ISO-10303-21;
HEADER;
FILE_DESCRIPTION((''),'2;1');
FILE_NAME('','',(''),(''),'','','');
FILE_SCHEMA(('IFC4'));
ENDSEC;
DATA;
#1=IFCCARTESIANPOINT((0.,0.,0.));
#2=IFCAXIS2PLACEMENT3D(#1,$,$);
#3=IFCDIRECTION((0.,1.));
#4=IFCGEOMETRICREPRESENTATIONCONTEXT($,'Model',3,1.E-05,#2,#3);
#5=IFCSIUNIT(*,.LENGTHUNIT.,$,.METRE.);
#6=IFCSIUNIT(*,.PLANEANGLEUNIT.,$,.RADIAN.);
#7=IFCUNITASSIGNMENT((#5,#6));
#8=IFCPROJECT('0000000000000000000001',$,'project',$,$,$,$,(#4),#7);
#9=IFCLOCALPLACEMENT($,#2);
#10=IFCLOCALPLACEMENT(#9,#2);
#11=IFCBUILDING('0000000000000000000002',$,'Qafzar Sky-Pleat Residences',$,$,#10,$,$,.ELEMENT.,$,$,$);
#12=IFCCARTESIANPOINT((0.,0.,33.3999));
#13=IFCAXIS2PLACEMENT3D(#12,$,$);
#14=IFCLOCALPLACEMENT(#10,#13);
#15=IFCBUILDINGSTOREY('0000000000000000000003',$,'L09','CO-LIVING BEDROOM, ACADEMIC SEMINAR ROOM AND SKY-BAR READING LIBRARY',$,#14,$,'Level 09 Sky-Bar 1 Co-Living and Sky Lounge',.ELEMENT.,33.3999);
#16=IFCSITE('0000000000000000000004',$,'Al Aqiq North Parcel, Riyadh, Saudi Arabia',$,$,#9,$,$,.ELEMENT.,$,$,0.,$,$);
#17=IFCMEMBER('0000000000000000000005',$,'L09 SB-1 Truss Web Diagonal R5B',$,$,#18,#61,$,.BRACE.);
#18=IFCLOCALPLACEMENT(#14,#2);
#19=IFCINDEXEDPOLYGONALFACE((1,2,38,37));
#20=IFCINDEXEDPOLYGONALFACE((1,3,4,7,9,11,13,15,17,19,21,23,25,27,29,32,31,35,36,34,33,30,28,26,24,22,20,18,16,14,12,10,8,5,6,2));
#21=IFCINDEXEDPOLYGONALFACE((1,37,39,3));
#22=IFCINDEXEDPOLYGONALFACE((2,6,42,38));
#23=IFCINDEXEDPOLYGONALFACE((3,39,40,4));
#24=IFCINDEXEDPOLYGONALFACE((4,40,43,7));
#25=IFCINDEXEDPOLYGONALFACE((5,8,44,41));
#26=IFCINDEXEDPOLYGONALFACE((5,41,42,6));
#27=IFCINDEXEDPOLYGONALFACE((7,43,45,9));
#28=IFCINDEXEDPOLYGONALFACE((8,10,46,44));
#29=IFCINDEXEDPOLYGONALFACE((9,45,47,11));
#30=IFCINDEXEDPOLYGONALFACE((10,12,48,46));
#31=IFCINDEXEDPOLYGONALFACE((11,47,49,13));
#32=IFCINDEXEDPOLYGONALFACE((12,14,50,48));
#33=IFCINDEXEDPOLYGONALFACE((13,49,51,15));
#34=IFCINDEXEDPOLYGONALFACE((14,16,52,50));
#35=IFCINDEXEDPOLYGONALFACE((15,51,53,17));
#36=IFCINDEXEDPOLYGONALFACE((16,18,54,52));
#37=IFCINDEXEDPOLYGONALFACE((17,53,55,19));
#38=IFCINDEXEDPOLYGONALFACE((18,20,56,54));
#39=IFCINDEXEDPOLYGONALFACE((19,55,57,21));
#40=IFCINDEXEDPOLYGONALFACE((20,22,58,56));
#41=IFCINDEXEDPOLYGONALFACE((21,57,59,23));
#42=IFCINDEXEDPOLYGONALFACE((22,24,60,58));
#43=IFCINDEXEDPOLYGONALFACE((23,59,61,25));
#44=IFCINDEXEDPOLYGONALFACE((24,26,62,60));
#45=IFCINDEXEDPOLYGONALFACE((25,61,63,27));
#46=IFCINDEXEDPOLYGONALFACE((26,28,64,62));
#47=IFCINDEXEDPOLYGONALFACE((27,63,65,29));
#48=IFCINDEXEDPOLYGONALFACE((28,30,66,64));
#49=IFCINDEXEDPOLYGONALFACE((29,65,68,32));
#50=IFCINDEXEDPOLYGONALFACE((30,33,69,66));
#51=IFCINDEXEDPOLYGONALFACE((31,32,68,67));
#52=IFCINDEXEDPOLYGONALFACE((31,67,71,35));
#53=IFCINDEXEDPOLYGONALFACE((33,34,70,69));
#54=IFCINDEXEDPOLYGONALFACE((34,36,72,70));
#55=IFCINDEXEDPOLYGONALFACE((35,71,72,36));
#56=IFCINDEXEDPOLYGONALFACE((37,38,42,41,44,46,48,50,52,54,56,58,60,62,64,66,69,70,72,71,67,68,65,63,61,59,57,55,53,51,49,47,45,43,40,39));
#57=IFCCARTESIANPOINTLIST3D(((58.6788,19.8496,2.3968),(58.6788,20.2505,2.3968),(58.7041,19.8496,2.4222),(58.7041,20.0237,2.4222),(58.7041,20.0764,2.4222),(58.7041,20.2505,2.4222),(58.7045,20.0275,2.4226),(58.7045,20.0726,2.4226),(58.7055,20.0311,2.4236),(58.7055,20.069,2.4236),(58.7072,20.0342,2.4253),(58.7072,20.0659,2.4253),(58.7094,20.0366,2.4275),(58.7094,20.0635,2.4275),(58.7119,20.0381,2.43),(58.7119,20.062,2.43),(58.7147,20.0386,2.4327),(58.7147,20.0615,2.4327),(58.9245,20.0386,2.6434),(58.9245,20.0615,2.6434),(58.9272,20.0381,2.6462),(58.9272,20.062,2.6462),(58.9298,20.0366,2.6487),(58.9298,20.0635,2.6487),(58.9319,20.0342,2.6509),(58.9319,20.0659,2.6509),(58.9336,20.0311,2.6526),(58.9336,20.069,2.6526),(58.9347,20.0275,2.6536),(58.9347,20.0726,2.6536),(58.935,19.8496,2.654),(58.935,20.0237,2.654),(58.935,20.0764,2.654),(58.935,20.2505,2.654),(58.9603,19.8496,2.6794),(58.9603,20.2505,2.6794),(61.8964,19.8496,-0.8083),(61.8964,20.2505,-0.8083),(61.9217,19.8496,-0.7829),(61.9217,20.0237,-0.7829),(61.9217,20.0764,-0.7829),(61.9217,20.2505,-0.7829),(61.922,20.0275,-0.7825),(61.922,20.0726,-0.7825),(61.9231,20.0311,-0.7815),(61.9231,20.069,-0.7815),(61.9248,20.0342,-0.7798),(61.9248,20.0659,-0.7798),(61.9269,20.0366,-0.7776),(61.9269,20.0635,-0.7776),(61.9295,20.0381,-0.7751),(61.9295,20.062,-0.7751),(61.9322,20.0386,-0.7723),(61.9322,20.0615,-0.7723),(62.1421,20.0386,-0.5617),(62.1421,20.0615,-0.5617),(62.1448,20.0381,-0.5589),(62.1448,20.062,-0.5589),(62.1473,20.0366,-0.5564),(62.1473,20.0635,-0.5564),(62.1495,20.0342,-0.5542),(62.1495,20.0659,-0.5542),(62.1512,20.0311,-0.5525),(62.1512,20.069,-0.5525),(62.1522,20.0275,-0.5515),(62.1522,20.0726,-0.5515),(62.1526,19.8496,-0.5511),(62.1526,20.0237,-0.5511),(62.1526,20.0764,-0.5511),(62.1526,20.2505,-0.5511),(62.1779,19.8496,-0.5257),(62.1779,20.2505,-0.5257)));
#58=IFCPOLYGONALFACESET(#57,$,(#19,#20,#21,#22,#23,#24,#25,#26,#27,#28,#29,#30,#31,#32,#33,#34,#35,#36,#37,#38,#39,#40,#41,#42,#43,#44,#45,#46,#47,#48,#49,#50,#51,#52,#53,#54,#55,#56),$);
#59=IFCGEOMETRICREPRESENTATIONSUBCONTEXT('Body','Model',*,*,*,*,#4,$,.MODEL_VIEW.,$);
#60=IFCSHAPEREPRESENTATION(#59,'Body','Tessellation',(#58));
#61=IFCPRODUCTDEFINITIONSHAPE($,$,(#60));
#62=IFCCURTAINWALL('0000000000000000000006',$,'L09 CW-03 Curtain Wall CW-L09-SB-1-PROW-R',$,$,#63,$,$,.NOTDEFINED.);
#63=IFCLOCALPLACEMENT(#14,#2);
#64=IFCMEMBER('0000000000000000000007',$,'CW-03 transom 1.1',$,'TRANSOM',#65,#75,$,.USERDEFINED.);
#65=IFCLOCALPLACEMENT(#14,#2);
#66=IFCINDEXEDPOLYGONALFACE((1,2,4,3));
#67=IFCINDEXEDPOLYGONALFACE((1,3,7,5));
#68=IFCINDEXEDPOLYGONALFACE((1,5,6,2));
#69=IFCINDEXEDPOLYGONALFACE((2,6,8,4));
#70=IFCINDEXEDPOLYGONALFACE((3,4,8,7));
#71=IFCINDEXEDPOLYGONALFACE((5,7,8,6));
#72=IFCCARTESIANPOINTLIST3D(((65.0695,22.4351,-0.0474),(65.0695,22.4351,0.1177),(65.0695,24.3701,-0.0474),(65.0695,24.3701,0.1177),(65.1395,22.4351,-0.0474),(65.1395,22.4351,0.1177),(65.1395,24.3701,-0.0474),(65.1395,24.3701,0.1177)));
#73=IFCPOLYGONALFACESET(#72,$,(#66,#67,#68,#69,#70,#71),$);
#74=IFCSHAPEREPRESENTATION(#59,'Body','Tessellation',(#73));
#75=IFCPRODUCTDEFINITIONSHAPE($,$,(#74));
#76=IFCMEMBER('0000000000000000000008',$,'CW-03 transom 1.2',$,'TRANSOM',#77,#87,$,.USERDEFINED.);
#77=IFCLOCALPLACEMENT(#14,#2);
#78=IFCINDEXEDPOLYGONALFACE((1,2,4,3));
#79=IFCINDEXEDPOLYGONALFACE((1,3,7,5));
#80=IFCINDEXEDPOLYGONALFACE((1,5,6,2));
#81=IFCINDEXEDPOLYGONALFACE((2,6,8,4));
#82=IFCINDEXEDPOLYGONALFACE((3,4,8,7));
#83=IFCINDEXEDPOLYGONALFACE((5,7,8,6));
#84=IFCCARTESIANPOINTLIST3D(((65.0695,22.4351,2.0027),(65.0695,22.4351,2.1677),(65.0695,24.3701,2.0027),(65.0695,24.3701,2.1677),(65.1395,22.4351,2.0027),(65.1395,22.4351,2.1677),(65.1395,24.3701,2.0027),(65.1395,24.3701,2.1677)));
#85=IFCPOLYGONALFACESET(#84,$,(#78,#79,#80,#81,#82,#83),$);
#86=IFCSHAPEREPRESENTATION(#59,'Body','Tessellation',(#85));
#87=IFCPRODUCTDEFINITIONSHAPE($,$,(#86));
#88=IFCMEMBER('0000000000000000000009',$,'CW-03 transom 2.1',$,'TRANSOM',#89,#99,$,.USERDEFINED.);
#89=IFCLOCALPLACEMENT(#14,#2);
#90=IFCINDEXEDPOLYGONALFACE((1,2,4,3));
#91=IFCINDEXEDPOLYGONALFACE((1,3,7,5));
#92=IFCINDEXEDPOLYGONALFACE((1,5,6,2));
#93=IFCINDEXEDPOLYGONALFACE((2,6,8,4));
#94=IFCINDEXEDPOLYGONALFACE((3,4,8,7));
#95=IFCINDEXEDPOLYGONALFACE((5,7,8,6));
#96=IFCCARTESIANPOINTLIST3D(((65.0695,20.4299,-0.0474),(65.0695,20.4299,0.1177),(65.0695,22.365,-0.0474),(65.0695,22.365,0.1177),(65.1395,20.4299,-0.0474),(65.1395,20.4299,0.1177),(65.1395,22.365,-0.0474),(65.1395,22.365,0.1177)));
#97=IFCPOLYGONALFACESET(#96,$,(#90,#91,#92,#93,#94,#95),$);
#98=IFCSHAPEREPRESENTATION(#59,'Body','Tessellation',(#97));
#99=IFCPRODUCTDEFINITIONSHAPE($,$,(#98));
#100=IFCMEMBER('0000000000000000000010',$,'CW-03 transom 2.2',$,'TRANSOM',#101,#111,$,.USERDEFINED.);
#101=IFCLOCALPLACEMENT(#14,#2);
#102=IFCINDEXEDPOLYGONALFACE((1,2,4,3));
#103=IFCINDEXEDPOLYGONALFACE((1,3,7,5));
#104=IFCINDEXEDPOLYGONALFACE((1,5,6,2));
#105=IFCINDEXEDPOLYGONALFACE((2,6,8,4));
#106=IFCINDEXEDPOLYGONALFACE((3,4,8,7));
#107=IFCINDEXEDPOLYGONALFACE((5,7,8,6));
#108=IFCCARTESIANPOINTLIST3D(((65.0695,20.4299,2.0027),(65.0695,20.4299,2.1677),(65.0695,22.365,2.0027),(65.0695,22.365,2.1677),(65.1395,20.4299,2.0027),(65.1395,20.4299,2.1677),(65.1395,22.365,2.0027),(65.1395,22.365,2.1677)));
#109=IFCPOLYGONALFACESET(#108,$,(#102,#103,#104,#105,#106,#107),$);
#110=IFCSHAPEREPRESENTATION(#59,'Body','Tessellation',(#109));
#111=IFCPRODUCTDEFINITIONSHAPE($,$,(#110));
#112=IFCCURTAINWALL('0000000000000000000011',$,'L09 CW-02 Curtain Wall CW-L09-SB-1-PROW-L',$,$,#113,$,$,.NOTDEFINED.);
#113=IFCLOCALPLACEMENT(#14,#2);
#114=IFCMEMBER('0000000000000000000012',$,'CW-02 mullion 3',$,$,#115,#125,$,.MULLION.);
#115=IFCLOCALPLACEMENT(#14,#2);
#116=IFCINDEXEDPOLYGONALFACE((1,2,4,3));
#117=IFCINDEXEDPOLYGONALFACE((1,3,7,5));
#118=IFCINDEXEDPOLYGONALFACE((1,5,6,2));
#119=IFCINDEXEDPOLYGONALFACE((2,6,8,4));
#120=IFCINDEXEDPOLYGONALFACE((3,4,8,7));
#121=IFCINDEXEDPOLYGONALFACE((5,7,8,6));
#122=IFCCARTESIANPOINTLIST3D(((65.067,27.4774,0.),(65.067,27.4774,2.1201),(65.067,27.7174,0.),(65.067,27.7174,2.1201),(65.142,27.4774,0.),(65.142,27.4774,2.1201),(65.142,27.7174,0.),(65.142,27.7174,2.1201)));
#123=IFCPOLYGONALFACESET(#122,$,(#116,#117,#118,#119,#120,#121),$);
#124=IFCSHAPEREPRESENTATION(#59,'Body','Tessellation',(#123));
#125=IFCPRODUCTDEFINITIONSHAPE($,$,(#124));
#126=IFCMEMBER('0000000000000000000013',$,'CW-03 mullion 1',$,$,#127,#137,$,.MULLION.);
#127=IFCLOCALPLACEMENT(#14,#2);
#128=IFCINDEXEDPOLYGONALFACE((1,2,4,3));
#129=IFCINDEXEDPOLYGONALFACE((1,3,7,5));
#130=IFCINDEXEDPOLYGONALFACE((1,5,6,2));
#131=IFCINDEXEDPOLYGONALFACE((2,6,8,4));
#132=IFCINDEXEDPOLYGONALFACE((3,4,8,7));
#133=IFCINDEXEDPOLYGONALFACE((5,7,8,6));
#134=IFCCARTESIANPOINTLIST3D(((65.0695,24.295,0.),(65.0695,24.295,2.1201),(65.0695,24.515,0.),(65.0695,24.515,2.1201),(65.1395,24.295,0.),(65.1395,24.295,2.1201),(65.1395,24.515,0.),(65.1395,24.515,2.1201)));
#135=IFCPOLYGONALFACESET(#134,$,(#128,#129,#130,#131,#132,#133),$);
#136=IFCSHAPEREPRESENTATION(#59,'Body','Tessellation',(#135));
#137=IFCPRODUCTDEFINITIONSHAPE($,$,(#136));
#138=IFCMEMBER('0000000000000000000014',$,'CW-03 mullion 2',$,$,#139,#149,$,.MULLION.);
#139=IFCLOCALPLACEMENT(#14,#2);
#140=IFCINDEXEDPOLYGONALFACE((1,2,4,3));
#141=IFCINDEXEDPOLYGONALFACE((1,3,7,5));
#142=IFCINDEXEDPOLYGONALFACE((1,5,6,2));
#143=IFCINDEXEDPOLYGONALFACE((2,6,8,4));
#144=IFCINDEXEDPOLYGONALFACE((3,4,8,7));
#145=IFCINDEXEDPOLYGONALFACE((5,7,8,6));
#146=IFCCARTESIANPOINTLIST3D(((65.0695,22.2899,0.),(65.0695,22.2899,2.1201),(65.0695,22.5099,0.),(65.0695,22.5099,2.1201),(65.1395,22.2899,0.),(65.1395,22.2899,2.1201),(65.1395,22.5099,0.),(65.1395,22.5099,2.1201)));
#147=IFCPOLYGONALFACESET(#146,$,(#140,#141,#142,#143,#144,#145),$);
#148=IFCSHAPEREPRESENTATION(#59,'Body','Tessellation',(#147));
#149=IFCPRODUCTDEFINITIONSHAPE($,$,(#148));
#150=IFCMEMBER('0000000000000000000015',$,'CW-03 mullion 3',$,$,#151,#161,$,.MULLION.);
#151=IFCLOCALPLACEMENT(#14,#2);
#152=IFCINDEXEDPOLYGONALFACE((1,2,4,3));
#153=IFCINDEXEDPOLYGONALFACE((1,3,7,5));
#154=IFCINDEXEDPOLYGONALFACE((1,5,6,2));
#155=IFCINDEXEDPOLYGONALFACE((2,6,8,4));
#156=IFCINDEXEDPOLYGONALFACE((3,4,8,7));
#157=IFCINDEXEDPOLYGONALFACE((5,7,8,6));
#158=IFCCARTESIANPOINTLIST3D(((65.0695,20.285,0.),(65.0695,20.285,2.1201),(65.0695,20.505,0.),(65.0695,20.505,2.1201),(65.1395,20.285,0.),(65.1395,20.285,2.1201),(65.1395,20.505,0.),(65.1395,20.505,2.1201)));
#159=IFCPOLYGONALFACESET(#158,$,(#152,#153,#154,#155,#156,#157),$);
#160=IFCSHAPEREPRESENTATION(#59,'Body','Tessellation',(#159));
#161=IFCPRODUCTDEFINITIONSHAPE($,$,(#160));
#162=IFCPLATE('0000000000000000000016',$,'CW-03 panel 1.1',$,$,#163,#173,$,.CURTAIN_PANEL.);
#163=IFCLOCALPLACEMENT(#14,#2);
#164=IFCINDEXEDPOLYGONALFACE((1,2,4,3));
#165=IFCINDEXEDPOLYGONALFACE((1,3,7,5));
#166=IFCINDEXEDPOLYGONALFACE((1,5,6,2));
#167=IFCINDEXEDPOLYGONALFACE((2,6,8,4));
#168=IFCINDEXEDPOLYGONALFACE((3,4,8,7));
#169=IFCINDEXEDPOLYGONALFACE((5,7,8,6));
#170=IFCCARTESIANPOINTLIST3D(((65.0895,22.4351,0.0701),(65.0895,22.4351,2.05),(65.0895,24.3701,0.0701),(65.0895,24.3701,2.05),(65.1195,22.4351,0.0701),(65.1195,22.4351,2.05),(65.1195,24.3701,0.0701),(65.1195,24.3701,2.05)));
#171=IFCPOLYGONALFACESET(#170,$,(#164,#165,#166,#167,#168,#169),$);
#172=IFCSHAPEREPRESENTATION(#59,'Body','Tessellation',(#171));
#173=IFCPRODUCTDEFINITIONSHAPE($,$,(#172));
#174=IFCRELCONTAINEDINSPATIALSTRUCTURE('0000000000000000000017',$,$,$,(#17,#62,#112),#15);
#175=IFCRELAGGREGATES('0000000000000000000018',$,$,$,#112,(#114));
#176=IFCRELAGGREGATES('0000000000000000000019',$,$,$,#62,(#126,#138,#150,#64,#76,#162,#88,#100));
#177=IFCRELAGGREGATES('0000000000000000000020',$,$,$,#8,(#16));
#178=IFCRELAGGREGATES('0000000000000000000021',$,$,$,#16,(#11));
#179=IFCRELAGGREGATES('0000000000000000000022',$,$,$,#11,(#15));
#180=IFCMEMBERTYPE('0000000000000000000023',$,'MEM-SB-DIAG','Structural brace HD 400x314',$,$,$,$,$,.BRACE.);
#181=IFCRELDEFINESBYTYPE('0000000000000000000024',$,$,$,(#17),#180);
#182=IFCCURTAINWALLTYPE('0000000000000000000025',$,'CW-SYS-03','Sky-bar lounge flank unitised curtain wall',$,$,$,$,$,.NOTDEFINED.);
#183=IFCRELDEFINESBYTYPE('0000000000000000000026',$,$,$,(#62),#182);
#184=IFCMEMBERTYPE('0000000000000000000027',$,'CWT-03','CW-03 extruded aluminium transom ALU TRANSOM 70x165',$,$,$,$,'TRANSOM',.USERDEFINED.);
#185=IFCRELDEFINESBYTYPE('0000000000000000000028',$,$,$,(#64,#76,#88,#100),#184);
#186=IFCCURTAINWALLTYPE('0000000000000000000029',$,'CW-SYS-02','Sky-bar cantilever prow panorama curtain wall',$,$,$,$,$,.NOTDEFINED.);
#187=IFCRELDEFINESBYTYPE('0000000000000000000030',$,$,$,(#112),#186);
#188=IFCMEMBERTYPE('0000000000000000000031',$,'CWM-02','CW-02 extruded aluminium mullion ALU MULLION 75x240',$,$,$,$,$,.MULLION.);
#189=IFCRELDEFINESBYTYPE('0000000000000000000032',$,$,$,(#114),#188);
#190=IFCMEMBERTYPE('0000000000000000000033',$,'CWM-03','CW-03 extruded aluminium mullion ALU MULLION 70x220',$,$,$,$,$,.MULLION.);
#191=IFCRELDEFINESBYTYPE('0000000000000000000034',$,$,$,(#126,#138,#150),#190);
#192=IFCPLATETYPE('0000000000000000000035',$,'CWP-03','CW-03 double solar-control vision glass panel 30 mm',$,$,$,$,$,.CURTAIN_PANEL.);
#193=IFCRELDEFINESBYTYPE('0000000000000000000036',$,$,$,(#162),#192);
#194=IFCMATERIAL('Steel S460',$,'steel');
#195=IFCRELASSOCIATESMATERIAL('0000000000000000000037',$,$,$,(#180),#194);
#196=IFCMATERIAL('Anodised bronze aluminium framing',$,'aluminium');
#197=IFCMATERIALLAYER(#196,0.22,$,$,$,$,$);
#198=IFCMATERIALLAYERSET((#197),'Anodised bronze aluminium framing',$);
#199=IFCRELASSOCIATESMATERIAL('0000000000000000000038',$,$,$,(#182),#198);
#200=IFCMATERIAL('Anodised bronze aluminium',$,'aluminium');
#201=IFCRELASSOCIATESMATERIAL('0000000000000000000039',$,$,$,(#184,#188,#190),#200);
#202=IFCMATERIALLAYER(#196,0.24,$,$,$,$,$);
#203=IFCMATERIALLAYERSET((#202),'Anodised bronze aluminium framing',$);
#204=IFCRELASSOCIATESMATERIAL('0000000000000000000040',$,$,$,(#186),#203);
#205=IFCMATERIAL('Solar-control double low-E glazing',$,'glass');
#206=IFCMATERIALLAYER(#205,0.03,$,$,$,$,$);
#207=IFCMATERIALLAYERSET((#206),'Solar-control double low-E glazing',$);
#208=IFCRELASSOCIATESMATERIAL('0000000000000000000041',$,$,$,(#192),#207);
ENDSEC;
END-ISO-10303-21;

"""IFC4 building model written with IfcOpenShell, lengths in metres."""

from ifc_helpers import new_model, si_unit, direction, frame, origin, origin_2d, place, context, subcontext, project, spatial, rectangle, i_section, extrude, source, transform, mapped, material, layer, layer_set, material_profile, profile_set, type_object, element, aggregate, save


model = new_model("IFC4")

# Units and contexts
model_context = context("Model", 3, precision=1e-05, world=origin(), true_north=direction((0.0, 1.0)))
body_context = subcontext(model_context, "Body", "Model", "MODEL_VIEW")
ifc_project = project(units=[si_unit("LENGTHUNIT", "METRE"), si_unit("PLANEANGLEUNIT", "RADIAN")], contexts=[model_context])

# Site, building, storey
site_placement = place(None, origin())
site = spatial("IfcSite", under=ifc_project, at=site_placement, Name="Al Aqiq North Parcel, Riyadh, Saudi Arabia", CompositionType="ELEMENT", RefElevation=0.0)
building_placement = place(site_placement, origin())
building = spatial("IfcBuilding", under=site, at=building_placement, Name="Qafzar Sky-Pleat Residences", CompositionType="ELEMENT")
storey_placement = place(building_placement, frame((0.0, 0.0, 33.3999)))
storey = spatial("IfcBuildingStorey", under=building, at=storey_placement, Name="L09", Description="CO-LIVING BEDROOM, ACADEMIC SEMINAR ROOM AND SKY-BAR READING LIBRARY", LongName="Level 09 Sky-Bar 1 Co-Living and Sky Lounge", CompositionType="ELEMENT", Elevation=33.3999)

# Shared definitions
ifc_material_1 = material(Name="Steel S460", Category="steel")

# Member
ifc_material_profile_1 = material_profile(ifc_material_1, i_section(OverallWidth=0.4009, OverallDepth=0.3989, WebThickness=0.0229, FlangeThickness=0.0359, FilletRadius=0.0149, at=origin_2d()), Name="HD 400x314")
ifc_profile_set_1 = profile_set([ifc_material_profile_1], Name="Steel S460")
member_type_1 = type_object("IfcMemberType", Name="MEM-SB-DIAG", Description="Structural brace HD 400x314", PredefinedType="BRACE", material=ifc_profile_set_1)
shared_shape_1 = source(origin(), body_context, "Body", "SweptSolid", [
    extrude(i_section(OverallWidth=0.4009, OverallDepth=0.3989, WebThickness=0.0229, FlangeThickness=0.0359, FilletRadius=0.0149, at=origin_2d()), origin(), (0.0, 0.0, 1.0), 4.5415),
])
for number, where, z_axis, x_axis, name in (
    (1, (58.8196, 20.05, 2.5381), (0.708476, 0.0, -0.705735), (0.0, 1.0, 0.0), "L09 SB-1 Truss Web Diagonal R5B"),
):
    element("IfcMember", number, at=place(storey_placement, frame(where, z_axis=z_axis, x_axis=x_axis)), inside=storey, type_object=member_type_1, Name=name, PredefinedType="BRACE", context=body_context, shape_type="MappedRepresentation", body=[
        mapped(shared_shape_1, transform((0.0, 0.0, 0.0), x_axis=(1.0, 0.0, 0.0), y_axis=(0.0, 1.0, 0.0), z_axis=(0.0, 0.0, 1.0), scale=1.0)),
    ])

# Curtain wall, members
ifc_material_2 = material(Name="Anodised bronze aluminium framing", Category="aluminium")
ifc_layer_1 = layer(ifc_material_2, 0.22)
ifc_layer_set_1 = layer_set([ifc_layer_1], Name="Anodised bronze aluminium framing")
curtain_wall_type_1 = type_object("IfcCurtainWallType", Name="CW-SYS-03", Description="Sky-bar lounge flank unitised curtain wall", PredefinedType="NOTDEFINED", material=ifc_layer_set_1)
curtain_wall_1_placement = place(storey_placement, origin())
curtain_wall_1 = element("IfcCurtainWall", 2, at=curtain_wall_1_placement, inside=storey, type_object=curtain_wall_type_1, Name="L09 CW-03 Curtain Wall CW-L09-SB-1-PROW-R", PredefinedType="NOTDEFINED")
ifc_material_3 = material(Name="Anodised bronze aluminium", Category="aluminium")
ifc_material_profile_2 = material_profile(ifc_material_3, rectangle(XDim=0.0701, YDim=0.165, at=origin_2d()), Name="ALU TRANSOM 70x165")
ifc_profile_set_2 = profile_set([ifc_material_profile_2], Name="Anodised bronze aluminium")
member_type_2 = type_object("IfcMemberType", Name="CWT-03", Description="CW-03 extruded aluminium transom ALU TRANSOM 70x165", ElementType="TRANSOM", PredefinedType="USERDEFINED", material=ifc_profile_set_2)
shared_shape_2 = source(origin(), body_context, "Body", "SweptSolid", [
    extrude(rectangle(XDim=0.0701, YDim=0.165, at=origin_2d()), origin(), (0.0, 0.0, 1.0), 1.9351),
])
member_1_placement = place(storey_placement, frame((65.1045, 24.3701, 0.0352), z_axis=(0.0, -1.0, 0.0), x_axis=(1.0, 0.0, 0.0)))
member_1 = element("IfcMember", 3, at=member_1_placement, type_object=member_type_2, Name="CW-03 transom 1.1", ObjectType="TRANSOM", PredefinedType="USERDEFINED", context=body_context, shape_type="MappedRepresentation", body=[
    mapped(shared_shape_2, transform((0.0, 0.0, 0.0), x_axis=(1.0, 0.0, 0.0), y_axis=(0.0, 1.0, 0.0), z_axis=(0.0, 0.0, 1.0), scale=1.0)),
])
member_2_placement = place(storey_placement, frame((65.1045, 24.3701, 2.0852), z_axis=(0.0, -1.0, 0.0), x_axis=(1.0, 0.0, 0.0)))
member_2 = element("IfcMember", 4, at=member_2_placement, type_object=member_type_2, Name="CW-03 transom 1.2", ObjectType="TRANSOM", PredefinedType="USERDEFINED", context=body_context, shape_type="MappedRepresentation", body=[
    mapped(shared_shape_2, transform((0.0, 0.0, 0.0), x_axis=(1.0, 0.0, 0.0), y_axis=(0.0, 1.0, 0.0), z_axis=(0.0, 0.0, 1.0), scale=1.0)),
])
member_3_placement = place(storey_placement, frame((65.1045, 22.365, 0.0352), z_axis=(0.0, -1.0, 0.0), x_axis=(1.0, 0.0, 0.0)))
member_3 = element("IfcMember", 5, at=member_3_placement, type_object=member_type_2, Name="CW-03 transom 2.1", ObjectType="TRANSOM", PredefinedType="USERDEFINED", context=body_context, shape_type="MappedRepresentation", body=[
    mapped(shared_shape_2, transform((0.0, 0.0, 0.0), x_axis=(1.0, 0.0, 0.0), y_axis=(0.0, 1.0, 0.0), z_axis=(0.0, 0.0, 1.0), scale=1.0)),
])
member_4_placement = place(storey_placement, frame((65.1045, 22.365, 2.0852), z_axis=(0.0, -1.0, 0.0), x_axis=(1.0, 0.0, 0.0)))
member_4 = element("IfcMember", 6, at=member_4_placement, type_object=member_type_2, Name="CW-03 transom 2.2", ObjectType="TRANSOM", PredefinedType="USERDEFINED", context=body_context, shape_type="MappedRepresentation", body=[
    mapped(shared_shape_2, transform((0.0, 0.0, 0.0), x_axis=(1.0, 0.0, 0.0), y_axis=(0.0, 1.0, 0.0), z_axis=(0.0, 0.0, 1.0), scale=1.0)),
])

# Curtain wall, member
ifc_layer_2 = layer(ifc_material_2, 0.24)
ifc_layer_set_2 = layer_set([ifc_layer_2], Name="Anodised bronze aluminium framing")
curtain_wall_type_2 = type_object("IfcCurtainWallType", Name="CW-SYS-02", Description="Sky-bar cantilever prow panorama curtain wall", PredefinedType="NOTDEFINED", material=ifc_layer_set_2)
curtain_wall_2_placement = place(storey_placement, origin())
curtain_wall_2 = element("IfcCurtainWall", 7, at=curtain_wall_2_placement, inside=storey, type_object=curtain_wall_type_2, Name="L09 CW-02 Curtain Wall CW-L09-SB-1-PROW-L", PredefinedType="NOTDEFINED")
ifc_material_profile_3 = material_profile(ifc_material_3, rectangle(XDim=0.075, YDim=0.24, at=origin_2d()), Name="ALU MULLION 75x240")
ifc_profile_set_3 = profile_set([ifc_material_profile_3], Name="Anodised bronze aluminium")
member_type_3 = type_object("IfcMemberType", Name="CWM-02", Description="CW-02 extruded aluminium mullion ALU MULLION 75x240", PredefinedType="MULLION", material=ifc_profile_set_3)
shared_shape_3 = source(origin(), body_context, "Body", "SweptSolid", [
    extrude(rectangle(XDim=0.075, YDim=0.24, at=origin_2d()), origin(), (0.0, 0.0, 1.0), 2.1201),
])
member_5_placement = place(storey_placement, frame((65.1045, 27.5974, 0.0), z_axis=(0.0, 0.0, 1.0), x_axis=(1.0, 0.0, 0.0)))
member_5 = element("IfcMember", 8, at=member_5_placement, type_object=member_type_3, Name="CW-02 mullion 3", PredefinedType="MULLION", context=body_context, shape_type="MappedRepresentation", body=[
    mapped(shared_shape_3, transform((0.0, 0.0, 0.0), x_axis=(1.0, 0.0, 0.0), y_axis=(0.0, 1.0, 0.0), z_axis=(0.0, 0.0, 1.0), scale=1.0)),
])
aggregate(curtain_wall_2, [member_5])

# Members
ifc_material_profile_4 = material_profile(ifc_material_3, rectangle(XDim=0.0701, YDim=0.22, at=origin_2d()), Name="ALU MULLION 70x220")
ifc_profile_set_4 = profile_set([ifc_material_profile_4], Name="Anodised bronze aluminium")
member_type_4 = type_object("IfcMemberType", Name="CWM-03", Description="CW-03 extruded aluminium mullion ALU MULLION 70x220", PredefinedType="MULLION", material=ifc_profile_set_4)
shared_shape_4 = source(origin(), body_context, "Body", "SweptSolid", [
    extrude(rectangle(XDim=0.0701, YDim=0.22, at=origin_2d()), origin(), (0.0, 0.0, 1.0), 2.1201),
])
member_6_placement = place(storey_placement, frame((65.1045, 24.405, 0.0), z_axis=(0.0, 0.0, 1.0), x_axis=(1.0, 0.0, 0.0)))
member_6 = element("IfcMember", 9, at=member_6_placement, type_object=member_type_4, Name="CW-03 mullion 1", PredefinedType="MULLION", context=body_context, shape_type="MappedRepresentation", body=[
    mapped(shared_shape_4, transform((0.0, 0.0, 0.0), x_axis=(1.0, 0.0, 0.0), y_axis=(0.0, 1.0, 0.0), z_axis=(0.0, 0.0, 1.0), scale=1.0)),
])
member_7_placement = place(storey_placement, frame((65.1045, 22.3999, 0.0), z_axis=(0.0, 0.0, 1.0), x_axis=(1.0, 0.0, 0.0)))
member_7 = element("IfcMember", 10, at=member_7_placement, type_object=member_type_4, Name="CW-03 mullion 2", PredefinedType="MULLION", context=body_context, shape_type="MappedRepresentation", body=[
    mapped(shared_shape_4, transform((0.0, 0.0, 0.0), x_axis=(1.0, 0.0, 0.0), y_axis=(0.0, 1.0, 0.0), z_axis=(0.0, 0.0, 1.0), scale=1.0)),
])
member_8_placement = place(storey_placement, frame((65.1045, 20.395, 0.0), z_axis=(0.0, 0.0, 1.0), x_axis=(1.0, 0.0, 0.0)))
member_8 = element("IfcMember", 11, at=member_8_placement, type_object=member_type_4, Name="CW-03 mullion 3", PredefinedType="MULLION", context=body_context, shape_type="MappedRepresentation", body=[
    mapped(shared_shape_4, transform((0.0, 0.0, 0.0), x_axis=(1.0, 0.0, 0.0), y_axis=(0.0, 1.0, 0.0), z_axis=(0.0, 0.0, 1.0), scale=1.0)),
])

# Plate
ifc_material_4 = material(Name="Solar-control double low-E glazing", Category="glass")
ifc_layer_3 = layer(ifc_material_4, 0.03)
ifc_layer_set_3 = layer_set([ifc_layer_3], Name="Solar-control double low-E glazing")
plate_type = type_object("IfcPlateType", Name="CWP-03", Description="CW-03 double solar-control vision glass panel 30 mm", PredefinedType="CURTAIN_PANEL", material=ifc_layer_set_3)
shared_shape_5 = source(origin(), body_context, "Body", "SweptSolid", [
    extrude(rectangle(XDim=1.9351, YDim=0.03, at=origin_2d()), origin(), (0.0, 0.0, 1.0), 1.98),
])
plate_1_placement = place(storey_placement, frame((65.1045, 23.4026, 0.0701), z_axis=(0.0, 0.0, 1.0), x_axis=(0.0, -1.0, 0.0)))
plate_1 = element("IfcPlate", 12, at=plate_1_placement, type_object=plate_type, Name="CW-03 panel 1.1", PredefinedType="CURTAIN_PANEL", context=body_context, shape_type="MappedRepresentation", body=[
    mapped(shared_shape_5, transform((0.0, 0.0, 0.0), x_axis=(1.0, 0.0, 0.0), y_axis=(0.0, 1.0, 0.0), z_axis=(0.0, 0.0, 1.0), scale=1.0)),
])
aggregate(curtain_wall_1, [member_6, member_7, member_8, member_1, member_2, plate_1, member_3, member_4])

save(model, "model.ifc")
